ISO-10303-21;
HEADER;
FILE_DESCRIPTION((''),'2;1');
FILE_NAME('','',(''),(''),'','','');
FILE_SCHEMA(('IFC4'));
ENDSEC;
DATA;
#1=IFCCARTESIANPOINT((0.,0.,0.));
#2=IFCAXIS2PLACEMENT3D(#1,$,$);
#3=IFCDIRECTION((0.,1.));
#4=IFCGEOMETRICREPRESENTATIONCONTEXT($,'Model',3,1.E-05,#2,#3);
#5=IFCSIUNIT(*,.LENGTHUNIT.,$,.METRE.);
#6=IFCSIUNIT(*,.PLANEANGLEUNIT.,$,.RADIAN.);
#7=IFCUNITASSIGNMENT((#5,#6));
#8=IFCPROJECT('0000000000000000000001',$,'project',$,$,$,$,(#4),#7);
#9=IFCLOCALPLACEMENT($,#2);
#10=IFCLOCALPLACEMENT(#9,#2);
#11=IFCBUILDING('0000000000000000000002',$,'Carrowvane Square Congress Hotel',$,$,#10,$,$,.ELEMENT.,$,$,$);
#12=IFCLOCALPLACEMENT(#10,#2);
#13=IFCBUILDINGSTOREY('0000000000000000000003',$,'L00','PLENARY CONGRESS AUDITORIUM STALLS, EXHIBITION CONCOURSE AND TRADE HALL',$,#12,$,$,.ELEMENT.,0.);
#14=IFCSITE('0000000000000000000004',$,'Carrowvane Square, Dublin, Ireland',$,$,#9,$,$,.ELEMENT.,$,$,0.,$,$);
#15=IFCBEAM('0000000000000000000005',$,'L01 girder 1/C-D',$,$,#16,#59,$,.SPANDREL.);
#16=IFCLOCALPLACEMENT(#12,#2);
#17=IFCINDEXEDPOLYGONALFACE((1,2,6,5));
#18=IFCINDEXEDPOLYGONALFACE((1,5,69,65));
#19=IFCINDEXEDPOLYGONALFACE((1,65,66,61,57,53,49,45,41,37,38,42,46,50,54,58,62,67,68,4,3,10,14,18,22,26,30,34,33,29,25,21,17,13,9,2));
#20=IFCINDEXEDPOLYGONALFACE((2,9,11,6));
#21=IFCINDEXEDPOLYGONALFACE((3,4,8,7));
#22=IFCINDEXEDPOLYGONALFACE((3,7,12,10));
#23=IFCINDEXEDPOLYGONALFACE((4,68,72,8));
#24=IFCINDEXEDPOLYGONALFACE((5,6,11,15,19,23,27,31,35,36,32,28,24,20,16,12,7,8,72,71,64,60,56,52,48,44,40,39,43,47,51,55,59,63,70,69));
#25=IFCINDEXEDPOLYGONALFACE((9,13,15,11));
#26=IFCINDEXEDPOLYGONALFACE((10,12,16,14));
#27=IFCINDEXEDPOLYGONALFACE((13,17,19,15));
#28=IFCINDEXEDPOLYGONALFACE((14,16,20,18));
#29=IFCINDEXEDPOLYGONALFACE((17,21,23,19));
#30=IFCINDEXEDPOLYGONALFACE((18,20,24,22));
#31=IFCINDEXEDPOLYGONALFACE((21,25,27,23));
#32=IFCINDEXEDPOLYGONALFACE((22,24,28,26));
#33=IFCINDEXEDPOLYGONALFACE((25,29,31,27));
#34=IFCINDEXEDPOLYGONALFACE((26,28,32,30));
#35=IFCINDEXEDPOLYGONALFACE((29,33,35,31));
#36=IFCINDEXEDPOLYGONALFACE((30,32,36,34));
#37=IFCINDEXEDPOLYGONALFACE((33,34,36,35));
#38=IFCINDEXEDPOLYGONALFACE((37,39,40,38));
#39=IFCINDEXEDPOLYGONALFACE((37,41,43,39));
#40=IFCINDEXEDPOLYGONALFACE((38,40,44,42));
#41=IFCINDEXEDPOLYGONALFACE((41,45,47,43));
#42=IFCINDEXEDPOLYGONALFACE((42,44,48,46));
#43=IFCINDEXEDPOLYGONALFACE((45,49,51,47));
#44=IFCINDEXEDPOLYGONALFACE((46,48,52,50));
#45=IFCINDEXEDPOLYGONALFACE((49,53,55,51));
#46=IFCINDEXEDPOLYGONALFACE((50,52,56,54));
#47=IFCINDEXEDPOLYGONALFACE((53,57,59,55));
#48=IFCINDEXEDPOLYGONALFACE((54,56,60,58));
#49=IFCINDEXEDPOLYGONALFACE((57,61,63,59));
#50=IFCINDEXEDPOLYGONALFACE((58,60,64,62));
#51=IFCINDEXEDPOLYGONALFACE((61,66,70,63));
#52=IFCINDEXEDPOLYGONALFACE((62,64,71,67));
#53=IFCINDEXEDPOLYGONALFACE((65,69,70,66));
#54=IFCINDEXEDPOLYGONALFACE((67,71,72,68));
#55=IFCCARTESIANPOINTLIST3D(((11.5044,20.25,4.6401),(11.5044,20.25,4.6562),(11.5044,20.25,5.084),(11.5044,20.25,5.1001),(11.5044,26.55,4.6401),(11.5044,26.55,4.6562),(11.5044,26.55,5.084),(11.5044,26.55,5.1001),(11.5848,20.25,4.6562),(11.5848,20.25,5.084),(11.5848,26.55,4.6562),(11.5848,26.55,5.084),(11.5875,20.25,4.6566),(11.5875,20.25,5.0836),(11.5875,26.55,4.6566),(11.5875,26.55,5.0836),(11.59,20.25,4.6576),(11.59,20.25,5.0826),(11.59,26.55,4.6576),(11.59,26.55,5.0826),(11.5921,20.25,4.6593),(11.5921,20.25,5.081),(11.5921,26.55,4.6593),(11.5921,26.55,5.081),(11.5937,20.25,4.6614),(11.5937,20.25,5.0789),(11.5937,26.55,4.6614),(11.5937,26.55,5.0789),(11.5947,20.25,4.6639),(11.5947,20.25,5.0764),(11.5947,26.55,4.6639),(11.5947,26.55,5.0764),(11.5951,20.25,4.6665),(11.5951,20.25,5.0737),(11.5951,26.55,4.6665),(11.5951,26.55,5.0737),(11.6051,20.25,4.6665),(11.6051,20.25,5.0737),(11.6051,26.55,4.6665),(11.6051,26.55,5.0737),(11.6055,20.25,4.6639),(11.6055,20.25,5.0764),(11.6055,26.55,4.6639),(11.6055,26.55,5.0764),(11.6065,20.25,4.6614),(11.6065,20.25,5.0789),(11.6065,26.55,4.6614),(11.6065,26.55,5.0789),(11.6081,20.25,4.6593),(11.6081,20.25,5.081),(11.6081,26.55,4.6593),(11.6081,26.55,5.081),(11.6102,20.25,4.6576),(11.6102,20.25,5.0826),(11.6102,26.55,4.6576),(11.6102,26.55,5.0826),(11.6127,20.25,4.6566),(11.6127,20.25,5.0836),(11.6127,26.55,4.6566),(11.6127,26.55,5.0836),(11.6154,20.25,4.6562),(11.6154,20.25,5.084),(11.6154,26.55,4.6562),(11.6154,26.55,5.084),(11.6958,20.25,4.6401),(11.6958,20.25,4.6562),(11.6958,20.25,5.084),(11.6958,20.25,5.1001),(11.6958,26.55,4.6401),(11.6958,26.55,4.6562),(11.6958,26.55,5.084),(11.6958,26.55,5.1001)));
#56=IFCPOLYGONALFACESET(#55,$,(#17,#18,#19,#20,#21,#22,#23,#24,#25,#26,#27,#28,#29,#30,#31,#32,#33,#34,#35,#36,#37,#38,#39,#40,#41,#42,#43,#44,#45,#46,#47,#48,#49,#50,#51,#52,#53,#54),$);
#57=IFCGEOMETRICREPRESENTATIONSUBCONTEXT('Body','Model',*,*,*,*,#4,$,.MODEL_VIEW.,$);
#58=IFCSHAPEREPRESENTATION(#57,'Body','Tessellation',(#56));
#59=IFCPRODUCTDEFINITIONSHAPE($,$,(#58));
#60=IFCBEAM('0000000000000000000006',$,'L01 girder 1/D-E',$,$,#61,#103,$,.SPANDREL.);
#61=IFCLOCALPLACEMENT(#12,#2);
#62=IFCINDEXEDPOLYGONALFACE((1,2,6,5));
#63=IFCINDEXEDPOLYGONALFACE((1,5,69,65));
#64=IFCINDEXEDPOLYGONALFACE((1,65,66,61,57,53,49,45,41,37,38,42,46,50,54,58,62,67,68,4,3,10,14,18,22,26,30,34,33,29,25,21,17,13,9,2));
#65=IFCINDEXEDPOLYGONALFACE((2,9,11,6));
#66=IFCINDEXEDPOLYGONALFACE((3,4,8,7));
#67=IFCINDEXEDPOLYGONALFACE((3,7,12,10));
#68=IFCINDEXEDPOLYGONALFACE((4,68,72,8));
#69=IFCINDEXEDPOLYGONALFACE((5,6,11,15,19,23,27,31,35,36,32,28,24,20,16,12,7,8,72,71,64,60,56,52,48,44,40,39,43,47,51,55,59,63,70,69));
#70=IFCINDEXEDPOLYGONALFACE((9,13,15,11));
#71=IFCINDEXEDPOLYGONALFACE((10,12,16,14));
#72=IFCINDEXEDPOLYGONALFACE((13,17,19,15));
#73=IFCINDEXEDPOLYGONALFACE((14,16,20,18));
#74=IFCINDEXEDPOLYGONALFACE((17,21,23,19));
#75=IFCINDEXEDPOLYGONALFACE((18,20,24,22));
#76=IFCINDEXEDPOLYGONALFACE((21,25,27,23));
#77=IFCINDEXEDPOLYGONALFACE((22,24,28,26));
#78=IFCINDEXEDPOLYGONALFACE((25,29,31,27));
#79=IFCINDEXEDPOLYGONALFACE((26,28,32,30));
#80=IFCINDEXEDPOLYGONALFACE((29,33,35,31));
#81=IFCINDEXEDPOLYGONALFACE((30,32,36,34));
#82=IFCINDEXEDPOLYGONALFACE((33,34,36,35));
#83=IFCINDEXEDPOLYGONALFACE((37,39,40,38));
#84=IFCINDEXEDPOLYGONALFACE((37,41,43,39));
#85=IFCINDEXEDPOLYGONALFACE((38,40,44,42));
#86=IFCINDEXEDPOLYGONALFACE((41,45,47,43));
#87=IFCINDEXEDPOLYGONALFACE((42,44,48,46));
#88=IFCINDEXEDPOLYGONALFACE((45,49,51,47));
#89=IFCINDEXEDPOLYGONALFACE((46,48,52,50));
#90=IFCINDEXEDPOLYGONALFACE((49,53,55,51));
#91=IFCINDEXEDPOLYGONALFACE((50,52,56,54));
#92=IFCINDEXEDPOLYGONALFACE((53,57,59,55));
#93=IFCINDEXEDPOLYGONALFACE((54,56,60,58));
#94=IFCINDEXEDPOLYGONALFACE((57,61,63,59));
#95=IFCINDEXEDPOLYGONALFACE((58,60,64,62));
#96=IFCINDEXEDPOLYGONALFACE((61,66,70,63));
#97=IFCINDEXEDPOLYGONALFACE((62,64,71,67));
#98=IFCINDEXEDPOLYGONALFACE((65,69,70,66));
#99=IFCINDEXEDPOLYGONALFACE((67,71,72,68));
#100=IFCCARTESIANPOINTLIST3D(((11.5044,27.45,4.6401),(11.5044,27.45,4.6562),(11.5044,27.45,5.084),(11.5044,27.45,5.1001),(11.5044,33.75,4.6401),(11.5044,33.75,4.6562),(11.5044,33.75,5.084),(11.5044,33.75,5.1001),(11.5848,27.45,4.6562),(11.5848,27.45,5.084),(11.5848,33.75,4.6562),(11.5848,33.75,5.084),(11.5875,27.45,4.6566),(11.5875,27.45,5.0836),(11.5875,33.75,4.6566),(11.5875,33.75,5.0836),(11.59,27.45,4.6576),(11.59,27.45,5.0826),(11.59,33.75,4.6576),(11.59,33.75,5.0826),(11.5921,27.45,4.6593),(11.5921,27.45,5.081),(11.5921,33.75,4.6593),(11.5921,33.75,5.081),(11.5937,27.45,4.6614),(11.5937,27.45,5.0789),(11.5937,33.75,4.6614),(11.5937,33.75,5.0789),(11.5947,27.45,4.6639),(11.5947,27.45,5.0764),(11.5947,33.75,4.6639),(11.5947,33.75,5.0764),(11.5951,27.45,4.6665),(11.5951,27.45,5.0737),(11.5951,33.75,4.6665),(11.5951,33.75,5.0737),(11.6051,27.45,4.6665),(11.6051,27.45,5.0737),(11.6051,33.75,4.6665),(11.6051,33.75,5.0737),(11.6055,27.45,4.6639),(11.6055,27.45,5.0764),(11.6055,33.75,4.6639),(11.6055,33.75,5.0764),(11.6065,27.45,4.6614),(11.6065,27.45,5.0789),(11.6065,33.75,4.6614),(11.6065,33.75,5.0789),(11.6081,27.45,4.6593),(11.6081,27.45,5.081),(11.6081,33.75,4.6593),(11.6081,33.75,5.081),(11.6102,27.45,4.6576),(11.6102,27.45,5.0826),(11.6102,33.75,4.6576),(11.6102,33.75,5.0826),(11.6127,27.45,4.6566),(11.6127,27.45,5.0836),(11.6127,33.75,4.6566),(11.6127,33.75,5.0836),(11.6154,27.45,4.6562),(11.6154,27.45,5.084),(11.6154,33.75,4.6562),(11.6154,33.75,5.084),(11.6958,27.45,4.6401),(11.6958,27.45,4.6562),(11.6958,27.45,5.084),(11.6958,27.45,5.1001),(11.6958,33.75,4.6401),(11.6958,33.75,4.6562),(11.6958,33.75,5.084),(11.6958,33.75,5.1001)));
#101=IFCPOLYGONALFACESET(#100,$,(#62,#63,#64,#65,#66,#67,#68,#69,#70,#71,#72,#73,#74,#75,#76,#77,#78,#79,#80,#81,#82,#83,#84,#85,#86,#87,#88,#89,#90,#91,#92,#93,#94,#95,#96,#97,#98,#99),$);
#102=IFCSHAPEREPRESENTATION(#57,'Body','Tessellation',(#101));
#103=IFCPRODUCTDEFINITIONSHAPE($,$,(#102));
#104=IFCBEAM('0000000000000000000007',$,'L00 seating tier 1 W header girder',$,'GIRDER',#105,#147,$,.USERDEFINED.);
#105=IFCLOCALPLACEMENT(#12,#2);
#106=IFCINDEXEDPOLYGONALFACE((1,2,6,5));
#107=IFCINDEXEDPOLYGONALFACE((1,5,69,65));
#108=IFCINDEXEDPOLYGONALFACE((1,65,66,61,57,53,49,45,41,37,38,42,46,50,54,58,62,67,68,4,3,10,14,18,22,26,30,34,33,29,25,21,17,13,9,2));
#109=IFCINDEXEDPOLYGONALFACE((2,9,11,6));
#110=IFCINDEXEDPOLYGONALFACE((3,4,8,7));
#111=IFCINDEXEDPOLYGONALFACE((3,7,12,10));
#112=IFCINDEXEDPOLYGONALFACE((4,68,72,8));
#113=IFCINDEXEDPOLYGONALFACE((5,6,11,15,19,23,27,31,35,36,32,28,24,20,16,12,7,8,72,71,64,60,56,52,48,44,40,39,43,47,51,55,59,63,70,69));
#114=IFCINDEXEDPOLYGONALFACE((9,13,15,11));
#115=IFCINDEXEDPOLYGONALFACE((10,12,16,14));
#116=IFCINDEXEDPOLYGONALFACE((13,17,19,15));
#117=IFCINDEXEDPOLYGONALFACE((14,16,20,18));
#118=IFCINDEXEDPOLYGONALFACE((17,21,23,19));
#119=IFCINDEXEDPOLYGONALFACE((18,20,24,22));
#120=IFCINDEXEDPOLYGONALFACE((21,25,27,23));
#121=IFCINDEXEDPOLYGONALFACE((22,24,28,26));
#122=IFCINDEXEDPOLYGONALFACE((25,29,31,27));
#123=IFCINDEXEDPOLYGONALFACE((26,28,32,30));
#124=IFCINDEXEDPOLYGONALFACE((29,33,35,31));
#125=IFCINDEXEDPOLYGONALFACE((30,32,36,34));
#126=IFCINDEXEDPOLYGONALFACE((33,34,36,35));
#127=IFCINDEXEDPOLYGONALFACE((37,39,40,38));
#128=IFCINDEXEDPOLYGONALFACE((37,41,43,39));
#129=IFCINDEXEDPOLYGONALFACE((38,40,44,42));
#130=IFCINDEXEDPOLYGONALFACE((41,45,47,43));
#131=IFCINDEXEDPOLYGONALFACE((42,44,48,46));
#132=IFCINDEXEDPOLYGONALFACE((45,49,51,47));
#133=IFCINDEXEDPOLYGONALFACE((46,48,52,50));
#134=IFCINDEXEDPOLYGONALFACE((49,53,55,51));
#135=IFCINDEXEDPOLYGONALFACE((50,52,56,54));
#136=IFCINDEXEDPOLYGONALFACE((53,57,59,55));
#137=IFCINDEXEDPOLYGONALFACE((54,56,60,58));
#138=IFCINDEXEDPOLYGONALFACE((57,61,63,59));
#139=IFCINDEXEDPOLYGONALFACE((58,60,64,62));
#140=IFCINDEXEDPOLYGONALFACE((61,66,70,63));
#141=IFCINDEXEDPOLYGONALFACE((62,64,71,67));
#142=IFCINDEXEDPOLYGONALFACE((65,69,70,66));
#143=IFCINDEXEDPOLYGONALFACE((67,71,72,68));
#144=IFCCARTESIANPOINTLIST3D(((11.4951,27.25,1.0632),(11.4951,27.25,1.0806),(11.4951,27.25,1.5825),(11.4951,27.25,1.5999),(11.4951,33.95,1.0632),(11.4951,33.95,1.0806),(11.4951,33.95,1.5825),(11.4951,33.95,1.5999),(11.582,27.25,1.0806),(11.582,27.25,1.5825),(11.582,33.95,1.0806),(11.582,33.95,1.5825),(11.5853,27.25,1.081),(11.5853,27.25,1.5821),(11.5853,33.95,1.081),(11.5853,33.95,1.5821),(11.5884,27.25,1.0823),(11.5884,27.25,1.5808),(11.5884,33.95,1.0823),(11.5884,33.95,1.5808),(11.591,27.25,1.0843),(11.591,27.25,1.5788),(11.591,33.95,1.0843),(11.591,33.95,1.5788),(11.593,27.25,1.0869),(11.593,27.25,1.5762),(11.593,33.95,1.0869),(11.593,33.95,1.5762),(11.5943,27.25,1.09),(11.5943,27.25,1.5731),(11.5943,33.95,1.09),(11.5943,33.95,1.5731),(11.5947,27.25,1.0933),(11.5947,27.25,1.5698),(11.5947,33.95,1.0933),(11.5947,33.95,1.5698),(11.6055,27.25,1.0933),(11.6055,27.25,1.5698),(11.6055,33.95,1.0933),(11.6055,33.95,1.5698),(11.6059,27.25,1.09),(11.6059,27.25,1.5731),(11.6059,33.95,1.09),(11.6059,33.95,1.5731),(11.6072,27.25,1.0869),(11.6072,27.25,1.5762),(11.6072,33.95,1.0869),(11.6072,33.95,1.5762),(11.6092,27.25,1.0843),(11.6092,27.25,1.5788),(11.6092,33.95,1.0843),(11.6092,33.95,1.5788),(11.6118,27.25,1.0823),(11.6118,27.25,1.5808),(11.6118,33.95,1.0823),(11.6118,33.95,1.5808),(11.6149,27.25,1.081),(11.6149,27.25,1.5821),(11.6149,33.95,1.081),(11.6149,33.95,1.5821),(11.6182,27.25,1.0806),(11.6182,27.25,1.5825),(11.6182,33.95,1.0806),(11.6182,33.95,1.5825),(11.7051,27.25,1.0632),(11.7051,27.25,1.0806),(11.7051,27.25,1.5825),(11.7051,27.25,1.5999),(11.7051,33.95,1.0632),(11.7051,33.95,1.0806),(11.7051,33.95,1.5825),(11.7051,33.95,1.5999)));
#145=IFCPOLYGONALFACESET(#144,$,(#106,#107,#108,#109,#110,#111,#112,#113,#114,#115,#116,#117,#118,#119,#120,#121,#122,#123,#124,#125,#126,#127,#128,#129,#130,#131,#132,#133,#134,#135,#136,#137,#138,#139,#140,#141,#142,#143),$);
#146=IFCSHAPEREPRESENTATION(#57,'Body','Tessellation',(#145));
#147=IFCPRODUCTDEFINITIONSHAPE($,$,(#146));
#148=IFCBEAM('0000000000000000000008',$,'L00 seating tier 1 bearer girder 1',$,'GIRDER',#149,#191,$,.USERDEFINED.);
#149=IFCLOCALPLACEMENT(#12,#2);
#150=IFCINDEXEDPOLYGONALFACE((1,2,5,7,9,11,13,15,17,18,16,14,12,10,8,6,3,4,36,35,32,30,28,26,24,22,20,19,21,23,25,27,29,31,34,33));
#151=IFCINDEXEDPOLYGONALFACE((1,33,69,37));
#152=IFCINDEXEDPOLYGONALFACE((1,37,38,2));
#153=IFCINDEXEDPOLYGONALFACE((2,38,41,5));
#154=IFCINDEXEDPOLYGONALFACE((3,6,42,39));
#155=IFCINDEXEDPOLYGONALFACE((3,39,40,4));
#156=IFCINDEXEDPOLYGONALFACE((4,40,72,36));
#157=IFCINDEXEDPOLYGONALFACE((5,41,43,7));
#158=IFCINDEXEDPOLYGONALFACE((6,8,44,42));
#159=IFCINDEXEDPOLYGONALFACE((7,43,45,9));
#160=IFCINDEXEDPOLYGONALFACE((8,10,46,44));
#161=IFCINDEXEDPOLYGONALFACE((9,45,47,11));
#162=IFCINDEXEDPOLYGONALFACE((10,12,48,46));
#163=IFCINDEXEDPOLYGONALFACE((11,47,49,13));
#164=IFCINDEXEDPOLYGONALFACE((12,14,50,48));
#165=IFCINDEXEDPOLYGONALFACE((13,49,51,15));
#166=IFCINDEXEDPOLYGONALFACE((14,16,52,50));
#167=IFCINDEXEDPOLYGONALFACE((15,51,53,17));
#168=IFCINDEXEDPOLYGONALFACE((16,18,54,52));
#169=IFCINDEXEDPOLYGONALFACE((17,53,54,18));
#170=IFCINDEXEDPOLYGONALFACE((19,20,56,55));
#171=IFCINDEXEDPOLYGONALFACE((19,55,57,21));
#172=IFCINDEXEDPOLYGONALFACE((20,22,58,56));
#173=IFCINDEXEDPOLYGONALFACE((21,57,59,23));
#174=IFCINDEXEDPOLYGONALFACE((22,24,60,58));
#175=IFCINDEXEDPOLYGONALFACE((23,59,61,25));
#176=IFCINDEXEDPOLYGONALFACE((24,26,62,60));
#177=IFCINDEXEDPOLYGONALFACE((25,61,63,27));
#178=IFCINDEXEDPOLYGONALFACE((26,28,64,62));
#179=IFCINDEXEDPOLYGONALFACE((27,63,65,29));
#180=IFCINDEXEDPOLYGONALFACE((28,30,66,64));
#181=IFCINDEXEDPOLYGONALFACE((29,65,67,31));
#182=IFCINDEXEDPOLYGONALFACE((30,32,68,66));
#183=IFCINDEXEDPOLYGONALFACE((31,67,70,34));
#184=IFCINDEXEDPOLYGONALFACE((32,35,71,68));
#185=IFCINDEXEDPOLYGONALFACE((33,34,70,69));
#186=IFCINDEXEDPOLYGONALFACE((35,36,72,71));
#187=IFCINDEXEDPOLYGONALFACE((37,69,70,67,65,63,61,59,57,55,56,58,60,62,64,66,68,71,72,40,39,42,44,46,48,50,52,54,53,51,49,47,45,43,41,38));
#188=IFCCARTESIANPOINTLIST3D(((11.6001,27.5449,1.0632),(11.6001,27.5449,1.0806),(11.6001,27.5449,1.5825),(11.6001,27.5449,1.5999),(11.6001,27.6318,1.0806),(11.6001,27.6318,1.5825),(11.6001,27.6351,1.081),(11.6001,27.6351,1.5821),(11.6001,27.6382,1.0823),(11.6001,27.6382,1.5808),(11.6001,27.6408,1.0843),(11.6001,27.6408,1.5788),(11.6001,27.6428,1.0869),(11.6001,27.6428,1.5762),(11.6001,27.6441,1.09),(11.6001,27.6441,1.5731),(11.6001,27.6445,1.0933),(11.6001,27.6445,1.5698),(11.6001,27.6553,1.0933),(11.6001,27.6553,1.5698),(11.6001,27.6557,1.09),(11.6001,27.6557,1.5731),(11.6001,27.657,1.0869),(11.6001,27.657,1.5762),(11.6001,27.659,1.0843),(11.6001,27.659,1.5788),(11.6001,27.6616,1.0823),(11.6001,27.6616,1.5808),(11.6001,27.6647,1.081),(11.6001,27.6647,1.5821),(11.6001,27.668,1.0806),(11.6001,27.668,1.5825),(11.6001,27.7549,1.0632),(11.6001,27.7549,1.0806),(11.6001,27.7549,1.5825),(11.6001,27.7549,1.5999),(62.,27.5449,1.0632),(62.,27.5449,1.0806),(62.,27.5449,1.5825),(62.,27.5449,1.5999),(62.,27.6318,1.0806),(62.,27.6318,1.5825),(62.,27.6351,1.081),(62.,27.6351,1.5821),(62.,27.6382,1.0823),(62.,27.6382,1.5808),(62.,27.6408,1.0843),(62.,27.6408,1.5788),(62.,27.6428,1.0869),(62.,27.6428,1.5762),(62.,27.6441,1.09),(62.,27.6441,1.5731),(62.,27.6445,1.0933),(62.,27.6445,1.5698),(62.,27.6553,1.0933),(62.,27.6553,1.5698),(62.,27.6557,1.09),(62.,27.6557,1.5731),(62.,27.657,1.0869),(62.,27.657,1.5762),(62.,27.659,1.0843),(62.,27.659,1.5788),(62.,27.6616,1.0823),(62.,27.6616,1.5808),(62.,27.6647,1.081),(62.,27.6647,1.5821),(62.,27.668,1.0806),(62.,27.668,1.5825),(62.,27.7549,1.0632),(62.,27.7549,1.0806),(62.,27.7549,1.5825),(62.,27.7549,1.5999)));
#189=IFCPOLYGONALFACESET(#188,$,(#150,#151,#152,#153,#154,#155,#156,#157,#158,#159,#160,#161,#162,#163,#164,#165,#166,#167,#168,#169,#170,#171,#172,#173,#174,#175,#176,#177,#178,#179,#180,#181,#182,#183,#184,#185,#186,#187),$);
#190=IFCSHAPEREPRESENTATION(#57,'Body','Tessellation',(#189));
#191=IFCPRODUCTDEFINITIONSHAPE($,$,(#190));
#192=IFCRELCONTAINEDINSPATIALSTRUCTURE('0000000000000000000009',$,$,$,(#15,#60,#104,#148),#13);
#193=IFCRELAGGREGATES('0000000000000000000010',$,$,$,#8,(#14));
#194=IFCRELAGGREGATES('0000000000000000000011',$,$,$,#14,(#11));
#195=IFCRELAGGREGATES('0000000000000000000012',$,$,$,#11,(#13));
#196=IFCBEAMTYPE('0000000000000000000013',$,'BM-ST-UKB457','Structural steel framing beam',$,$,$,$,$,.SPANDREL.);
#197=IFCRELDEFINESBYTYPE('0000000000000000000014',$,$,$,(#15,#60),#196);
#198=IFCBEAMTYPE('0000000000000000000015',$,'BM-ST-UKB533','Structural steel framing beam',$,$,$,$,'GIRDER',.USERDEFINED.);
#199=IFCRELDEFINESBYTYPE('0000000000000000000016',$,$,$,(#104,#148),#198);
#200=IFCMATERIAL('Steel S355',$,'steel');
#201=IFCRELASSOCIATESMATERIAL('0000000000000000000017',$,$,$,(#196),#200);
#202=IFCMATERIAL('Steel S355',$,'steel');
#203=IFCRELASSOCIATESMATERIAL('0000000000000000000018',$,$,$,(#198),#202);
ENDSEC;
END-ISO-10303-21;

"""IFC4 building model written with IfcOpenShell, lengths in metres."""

from ifc_helpers import new_model, si_unit, direction, frame, origin, origin_2d, place, context, subcontext, project, spatial, i_section, extrude, material, material_profile, profile_set, type_object, element, save


model = new_model("IFC4")

# Units and contexts
model_context = context("Model", 3, precision=1e-05, world=origin(), true_north=direction((0.0, 1.0)))
body_context = subcontext(model_context, "Body", "Model", "MODEL_VIEW")
ifc_project = project(units=[si_unit("LENGTHUNIT", "METRE"), si_unit("PLANEANGLEUNIT", "RADIAN")], contexts=[model_context])

# Site, building, storey
site_placement = place(None, origin())
site = spatial("IfcSite", under=ifc_project, at=site_placement, Name="Carrowvane Square, Dublin, Ireland", CompositionType="ELEMENT", RefElevation=0.0)
building_placement = place(site_placement, origin())
building = spatial("IfcBuilding", under=site, at=building_placement, Name="Carrowvane Square Congress Hotel", CompositionType="ELEMENT")
storey_placement = place(building_placement, origin())
storey = spatial("IfcBuildingStorey", under=building, at=storey_placement, Name="L00", Description="PLENARY CONGRESS AUDITORIUM STALLS, EXHIBITION CONCOURSE AND TRADE HALL", CompositionType="ELEMENT", Elevation=0.0)

# Beams
ifc_material_1 = material(Name="Steel S355", Category="steel")
ifc_material_profile_1 = material_profile(ifc_material_1, i_section(OverallWidth=0.1914, OverallDepth=0.46, WebThickness=0.01, FlangeThickness=0.0161, FilletRadius=0.0103, at=origin_2d()), Name="UKB 457x191x82")
ifc_profile_set_1 = profile_set([ifc_material_profile_1], Name="Steel S355")
beam_type_1 = type_object("IfcBeamType", Name="BM-ST-UKB457", Description="Structural steel framing beam", PredefinedType="SPANDREL", material=ifc_profile_set_1)
for number, where, z_axis, x_axis, name in (
    (1, (11.6001, 20.25, 4.8701), (0.0, 1.0, 0.0), (-1.0, 0.0, 0.0), "L01 girder 1/C-D"),
    (2, (11.6001, 27.45, 4.8701), (0.0, 1.0, 0.0), (-1.0, 0.0, 0.0), "L01 girder 1/D-E"),
):
    element("IfcBeam", number, at=place(storey_placement, frame(where, z_axis=z_axis, x_axis=x_axis)), inside=storey, type_object=beam_type_1, Name=name, PredefinedType="SPANDREL", context=body_context, shape_type="SweptSolid", body=[
        extrude(i_section(OverallWidth=0.1914, OverallDepth=0.46, WebThickness=0.01, FlangeThickness=0.0161, FilletRadius=0.0103, at=origin_2d()), origin(), (0.0, 0.0, 1.0), 6.3),
    ])
ifc_material_2 = material(Name="Steel S355", Category="steel")
ifc_material_profile_2 = material_profile(ifc_material_2, i_section(OverallWidth=0.21, OverallDepth=0.5366, WebThickness=0.0107, FlangeThickness=0.0173, FilletRadius=0.0127, at=origin_2d()), Name="UKB 533x210x101")
ifc_profile_set_2 = profile_set([ifc_material_profile_2], Name="Steel S355")
beam_type_2 = type_object("IfcBeamType", Name="BM-ST-UKB533", Description="Structural steel framing beam", ElementType="GIRDER", PredefinedType="USERDEFINED", material=ifc_profile_set_2)
beam_1_placement = place(storey_placement, frame((11.6001, 27.25, 1.3315), z_axis=(0.0, 1.0, 0.0), x_axis=(-1.0, 0.0, 0.0)))
element("IfcBeam", 3, at=beam_1_placement, inside=storey, type_object=beam_type_2, Name="L00 seating tier 1 W header girder", ObjectType="GIRDER", PredefinedType="USERDEFINED", context=body_context, shape_type="SweptSolid", body=[
    extrude(i_section(OverallWidth=0.21, OverallDepth=0.5366, WebThickness=0.0107, FlangeThickness=0.0173, FilletRadius=0.0127, at=origin_2d()), origin(), (0.0, 0.0, 1.0), 6.7),
])
for number, where, z_axis, x_axis, name in (
    (4, (11.6001, 27.6499, 1.3315), (1.0, 0.0, 0.0), (0.0, 1.0, 0.0), "L00 seating tier 1 bearer girder 1"),
):
    element("IfcBeam", number, at=place(storey_placement, frame(where, z_axis=z_axis, x_axis=x_axis)), inside=storey, type_object=beam_type_2, Name=name, ObjectType="GIRDER", PredefinedType="USERDEFINED", context=body_context, shape_type="SweptSolid", body=[
        extrude(i_section(OverallWidth=0.21, OverallDepth=0.5366, WebThickness=0.0107, FlangeThickness=0.0173, FilletRadius=0.0127, at=origin_2d()), origin(), (0.0, 0.0, 1.0), 50.3999),
    ])

save(model, "model.ifc")
